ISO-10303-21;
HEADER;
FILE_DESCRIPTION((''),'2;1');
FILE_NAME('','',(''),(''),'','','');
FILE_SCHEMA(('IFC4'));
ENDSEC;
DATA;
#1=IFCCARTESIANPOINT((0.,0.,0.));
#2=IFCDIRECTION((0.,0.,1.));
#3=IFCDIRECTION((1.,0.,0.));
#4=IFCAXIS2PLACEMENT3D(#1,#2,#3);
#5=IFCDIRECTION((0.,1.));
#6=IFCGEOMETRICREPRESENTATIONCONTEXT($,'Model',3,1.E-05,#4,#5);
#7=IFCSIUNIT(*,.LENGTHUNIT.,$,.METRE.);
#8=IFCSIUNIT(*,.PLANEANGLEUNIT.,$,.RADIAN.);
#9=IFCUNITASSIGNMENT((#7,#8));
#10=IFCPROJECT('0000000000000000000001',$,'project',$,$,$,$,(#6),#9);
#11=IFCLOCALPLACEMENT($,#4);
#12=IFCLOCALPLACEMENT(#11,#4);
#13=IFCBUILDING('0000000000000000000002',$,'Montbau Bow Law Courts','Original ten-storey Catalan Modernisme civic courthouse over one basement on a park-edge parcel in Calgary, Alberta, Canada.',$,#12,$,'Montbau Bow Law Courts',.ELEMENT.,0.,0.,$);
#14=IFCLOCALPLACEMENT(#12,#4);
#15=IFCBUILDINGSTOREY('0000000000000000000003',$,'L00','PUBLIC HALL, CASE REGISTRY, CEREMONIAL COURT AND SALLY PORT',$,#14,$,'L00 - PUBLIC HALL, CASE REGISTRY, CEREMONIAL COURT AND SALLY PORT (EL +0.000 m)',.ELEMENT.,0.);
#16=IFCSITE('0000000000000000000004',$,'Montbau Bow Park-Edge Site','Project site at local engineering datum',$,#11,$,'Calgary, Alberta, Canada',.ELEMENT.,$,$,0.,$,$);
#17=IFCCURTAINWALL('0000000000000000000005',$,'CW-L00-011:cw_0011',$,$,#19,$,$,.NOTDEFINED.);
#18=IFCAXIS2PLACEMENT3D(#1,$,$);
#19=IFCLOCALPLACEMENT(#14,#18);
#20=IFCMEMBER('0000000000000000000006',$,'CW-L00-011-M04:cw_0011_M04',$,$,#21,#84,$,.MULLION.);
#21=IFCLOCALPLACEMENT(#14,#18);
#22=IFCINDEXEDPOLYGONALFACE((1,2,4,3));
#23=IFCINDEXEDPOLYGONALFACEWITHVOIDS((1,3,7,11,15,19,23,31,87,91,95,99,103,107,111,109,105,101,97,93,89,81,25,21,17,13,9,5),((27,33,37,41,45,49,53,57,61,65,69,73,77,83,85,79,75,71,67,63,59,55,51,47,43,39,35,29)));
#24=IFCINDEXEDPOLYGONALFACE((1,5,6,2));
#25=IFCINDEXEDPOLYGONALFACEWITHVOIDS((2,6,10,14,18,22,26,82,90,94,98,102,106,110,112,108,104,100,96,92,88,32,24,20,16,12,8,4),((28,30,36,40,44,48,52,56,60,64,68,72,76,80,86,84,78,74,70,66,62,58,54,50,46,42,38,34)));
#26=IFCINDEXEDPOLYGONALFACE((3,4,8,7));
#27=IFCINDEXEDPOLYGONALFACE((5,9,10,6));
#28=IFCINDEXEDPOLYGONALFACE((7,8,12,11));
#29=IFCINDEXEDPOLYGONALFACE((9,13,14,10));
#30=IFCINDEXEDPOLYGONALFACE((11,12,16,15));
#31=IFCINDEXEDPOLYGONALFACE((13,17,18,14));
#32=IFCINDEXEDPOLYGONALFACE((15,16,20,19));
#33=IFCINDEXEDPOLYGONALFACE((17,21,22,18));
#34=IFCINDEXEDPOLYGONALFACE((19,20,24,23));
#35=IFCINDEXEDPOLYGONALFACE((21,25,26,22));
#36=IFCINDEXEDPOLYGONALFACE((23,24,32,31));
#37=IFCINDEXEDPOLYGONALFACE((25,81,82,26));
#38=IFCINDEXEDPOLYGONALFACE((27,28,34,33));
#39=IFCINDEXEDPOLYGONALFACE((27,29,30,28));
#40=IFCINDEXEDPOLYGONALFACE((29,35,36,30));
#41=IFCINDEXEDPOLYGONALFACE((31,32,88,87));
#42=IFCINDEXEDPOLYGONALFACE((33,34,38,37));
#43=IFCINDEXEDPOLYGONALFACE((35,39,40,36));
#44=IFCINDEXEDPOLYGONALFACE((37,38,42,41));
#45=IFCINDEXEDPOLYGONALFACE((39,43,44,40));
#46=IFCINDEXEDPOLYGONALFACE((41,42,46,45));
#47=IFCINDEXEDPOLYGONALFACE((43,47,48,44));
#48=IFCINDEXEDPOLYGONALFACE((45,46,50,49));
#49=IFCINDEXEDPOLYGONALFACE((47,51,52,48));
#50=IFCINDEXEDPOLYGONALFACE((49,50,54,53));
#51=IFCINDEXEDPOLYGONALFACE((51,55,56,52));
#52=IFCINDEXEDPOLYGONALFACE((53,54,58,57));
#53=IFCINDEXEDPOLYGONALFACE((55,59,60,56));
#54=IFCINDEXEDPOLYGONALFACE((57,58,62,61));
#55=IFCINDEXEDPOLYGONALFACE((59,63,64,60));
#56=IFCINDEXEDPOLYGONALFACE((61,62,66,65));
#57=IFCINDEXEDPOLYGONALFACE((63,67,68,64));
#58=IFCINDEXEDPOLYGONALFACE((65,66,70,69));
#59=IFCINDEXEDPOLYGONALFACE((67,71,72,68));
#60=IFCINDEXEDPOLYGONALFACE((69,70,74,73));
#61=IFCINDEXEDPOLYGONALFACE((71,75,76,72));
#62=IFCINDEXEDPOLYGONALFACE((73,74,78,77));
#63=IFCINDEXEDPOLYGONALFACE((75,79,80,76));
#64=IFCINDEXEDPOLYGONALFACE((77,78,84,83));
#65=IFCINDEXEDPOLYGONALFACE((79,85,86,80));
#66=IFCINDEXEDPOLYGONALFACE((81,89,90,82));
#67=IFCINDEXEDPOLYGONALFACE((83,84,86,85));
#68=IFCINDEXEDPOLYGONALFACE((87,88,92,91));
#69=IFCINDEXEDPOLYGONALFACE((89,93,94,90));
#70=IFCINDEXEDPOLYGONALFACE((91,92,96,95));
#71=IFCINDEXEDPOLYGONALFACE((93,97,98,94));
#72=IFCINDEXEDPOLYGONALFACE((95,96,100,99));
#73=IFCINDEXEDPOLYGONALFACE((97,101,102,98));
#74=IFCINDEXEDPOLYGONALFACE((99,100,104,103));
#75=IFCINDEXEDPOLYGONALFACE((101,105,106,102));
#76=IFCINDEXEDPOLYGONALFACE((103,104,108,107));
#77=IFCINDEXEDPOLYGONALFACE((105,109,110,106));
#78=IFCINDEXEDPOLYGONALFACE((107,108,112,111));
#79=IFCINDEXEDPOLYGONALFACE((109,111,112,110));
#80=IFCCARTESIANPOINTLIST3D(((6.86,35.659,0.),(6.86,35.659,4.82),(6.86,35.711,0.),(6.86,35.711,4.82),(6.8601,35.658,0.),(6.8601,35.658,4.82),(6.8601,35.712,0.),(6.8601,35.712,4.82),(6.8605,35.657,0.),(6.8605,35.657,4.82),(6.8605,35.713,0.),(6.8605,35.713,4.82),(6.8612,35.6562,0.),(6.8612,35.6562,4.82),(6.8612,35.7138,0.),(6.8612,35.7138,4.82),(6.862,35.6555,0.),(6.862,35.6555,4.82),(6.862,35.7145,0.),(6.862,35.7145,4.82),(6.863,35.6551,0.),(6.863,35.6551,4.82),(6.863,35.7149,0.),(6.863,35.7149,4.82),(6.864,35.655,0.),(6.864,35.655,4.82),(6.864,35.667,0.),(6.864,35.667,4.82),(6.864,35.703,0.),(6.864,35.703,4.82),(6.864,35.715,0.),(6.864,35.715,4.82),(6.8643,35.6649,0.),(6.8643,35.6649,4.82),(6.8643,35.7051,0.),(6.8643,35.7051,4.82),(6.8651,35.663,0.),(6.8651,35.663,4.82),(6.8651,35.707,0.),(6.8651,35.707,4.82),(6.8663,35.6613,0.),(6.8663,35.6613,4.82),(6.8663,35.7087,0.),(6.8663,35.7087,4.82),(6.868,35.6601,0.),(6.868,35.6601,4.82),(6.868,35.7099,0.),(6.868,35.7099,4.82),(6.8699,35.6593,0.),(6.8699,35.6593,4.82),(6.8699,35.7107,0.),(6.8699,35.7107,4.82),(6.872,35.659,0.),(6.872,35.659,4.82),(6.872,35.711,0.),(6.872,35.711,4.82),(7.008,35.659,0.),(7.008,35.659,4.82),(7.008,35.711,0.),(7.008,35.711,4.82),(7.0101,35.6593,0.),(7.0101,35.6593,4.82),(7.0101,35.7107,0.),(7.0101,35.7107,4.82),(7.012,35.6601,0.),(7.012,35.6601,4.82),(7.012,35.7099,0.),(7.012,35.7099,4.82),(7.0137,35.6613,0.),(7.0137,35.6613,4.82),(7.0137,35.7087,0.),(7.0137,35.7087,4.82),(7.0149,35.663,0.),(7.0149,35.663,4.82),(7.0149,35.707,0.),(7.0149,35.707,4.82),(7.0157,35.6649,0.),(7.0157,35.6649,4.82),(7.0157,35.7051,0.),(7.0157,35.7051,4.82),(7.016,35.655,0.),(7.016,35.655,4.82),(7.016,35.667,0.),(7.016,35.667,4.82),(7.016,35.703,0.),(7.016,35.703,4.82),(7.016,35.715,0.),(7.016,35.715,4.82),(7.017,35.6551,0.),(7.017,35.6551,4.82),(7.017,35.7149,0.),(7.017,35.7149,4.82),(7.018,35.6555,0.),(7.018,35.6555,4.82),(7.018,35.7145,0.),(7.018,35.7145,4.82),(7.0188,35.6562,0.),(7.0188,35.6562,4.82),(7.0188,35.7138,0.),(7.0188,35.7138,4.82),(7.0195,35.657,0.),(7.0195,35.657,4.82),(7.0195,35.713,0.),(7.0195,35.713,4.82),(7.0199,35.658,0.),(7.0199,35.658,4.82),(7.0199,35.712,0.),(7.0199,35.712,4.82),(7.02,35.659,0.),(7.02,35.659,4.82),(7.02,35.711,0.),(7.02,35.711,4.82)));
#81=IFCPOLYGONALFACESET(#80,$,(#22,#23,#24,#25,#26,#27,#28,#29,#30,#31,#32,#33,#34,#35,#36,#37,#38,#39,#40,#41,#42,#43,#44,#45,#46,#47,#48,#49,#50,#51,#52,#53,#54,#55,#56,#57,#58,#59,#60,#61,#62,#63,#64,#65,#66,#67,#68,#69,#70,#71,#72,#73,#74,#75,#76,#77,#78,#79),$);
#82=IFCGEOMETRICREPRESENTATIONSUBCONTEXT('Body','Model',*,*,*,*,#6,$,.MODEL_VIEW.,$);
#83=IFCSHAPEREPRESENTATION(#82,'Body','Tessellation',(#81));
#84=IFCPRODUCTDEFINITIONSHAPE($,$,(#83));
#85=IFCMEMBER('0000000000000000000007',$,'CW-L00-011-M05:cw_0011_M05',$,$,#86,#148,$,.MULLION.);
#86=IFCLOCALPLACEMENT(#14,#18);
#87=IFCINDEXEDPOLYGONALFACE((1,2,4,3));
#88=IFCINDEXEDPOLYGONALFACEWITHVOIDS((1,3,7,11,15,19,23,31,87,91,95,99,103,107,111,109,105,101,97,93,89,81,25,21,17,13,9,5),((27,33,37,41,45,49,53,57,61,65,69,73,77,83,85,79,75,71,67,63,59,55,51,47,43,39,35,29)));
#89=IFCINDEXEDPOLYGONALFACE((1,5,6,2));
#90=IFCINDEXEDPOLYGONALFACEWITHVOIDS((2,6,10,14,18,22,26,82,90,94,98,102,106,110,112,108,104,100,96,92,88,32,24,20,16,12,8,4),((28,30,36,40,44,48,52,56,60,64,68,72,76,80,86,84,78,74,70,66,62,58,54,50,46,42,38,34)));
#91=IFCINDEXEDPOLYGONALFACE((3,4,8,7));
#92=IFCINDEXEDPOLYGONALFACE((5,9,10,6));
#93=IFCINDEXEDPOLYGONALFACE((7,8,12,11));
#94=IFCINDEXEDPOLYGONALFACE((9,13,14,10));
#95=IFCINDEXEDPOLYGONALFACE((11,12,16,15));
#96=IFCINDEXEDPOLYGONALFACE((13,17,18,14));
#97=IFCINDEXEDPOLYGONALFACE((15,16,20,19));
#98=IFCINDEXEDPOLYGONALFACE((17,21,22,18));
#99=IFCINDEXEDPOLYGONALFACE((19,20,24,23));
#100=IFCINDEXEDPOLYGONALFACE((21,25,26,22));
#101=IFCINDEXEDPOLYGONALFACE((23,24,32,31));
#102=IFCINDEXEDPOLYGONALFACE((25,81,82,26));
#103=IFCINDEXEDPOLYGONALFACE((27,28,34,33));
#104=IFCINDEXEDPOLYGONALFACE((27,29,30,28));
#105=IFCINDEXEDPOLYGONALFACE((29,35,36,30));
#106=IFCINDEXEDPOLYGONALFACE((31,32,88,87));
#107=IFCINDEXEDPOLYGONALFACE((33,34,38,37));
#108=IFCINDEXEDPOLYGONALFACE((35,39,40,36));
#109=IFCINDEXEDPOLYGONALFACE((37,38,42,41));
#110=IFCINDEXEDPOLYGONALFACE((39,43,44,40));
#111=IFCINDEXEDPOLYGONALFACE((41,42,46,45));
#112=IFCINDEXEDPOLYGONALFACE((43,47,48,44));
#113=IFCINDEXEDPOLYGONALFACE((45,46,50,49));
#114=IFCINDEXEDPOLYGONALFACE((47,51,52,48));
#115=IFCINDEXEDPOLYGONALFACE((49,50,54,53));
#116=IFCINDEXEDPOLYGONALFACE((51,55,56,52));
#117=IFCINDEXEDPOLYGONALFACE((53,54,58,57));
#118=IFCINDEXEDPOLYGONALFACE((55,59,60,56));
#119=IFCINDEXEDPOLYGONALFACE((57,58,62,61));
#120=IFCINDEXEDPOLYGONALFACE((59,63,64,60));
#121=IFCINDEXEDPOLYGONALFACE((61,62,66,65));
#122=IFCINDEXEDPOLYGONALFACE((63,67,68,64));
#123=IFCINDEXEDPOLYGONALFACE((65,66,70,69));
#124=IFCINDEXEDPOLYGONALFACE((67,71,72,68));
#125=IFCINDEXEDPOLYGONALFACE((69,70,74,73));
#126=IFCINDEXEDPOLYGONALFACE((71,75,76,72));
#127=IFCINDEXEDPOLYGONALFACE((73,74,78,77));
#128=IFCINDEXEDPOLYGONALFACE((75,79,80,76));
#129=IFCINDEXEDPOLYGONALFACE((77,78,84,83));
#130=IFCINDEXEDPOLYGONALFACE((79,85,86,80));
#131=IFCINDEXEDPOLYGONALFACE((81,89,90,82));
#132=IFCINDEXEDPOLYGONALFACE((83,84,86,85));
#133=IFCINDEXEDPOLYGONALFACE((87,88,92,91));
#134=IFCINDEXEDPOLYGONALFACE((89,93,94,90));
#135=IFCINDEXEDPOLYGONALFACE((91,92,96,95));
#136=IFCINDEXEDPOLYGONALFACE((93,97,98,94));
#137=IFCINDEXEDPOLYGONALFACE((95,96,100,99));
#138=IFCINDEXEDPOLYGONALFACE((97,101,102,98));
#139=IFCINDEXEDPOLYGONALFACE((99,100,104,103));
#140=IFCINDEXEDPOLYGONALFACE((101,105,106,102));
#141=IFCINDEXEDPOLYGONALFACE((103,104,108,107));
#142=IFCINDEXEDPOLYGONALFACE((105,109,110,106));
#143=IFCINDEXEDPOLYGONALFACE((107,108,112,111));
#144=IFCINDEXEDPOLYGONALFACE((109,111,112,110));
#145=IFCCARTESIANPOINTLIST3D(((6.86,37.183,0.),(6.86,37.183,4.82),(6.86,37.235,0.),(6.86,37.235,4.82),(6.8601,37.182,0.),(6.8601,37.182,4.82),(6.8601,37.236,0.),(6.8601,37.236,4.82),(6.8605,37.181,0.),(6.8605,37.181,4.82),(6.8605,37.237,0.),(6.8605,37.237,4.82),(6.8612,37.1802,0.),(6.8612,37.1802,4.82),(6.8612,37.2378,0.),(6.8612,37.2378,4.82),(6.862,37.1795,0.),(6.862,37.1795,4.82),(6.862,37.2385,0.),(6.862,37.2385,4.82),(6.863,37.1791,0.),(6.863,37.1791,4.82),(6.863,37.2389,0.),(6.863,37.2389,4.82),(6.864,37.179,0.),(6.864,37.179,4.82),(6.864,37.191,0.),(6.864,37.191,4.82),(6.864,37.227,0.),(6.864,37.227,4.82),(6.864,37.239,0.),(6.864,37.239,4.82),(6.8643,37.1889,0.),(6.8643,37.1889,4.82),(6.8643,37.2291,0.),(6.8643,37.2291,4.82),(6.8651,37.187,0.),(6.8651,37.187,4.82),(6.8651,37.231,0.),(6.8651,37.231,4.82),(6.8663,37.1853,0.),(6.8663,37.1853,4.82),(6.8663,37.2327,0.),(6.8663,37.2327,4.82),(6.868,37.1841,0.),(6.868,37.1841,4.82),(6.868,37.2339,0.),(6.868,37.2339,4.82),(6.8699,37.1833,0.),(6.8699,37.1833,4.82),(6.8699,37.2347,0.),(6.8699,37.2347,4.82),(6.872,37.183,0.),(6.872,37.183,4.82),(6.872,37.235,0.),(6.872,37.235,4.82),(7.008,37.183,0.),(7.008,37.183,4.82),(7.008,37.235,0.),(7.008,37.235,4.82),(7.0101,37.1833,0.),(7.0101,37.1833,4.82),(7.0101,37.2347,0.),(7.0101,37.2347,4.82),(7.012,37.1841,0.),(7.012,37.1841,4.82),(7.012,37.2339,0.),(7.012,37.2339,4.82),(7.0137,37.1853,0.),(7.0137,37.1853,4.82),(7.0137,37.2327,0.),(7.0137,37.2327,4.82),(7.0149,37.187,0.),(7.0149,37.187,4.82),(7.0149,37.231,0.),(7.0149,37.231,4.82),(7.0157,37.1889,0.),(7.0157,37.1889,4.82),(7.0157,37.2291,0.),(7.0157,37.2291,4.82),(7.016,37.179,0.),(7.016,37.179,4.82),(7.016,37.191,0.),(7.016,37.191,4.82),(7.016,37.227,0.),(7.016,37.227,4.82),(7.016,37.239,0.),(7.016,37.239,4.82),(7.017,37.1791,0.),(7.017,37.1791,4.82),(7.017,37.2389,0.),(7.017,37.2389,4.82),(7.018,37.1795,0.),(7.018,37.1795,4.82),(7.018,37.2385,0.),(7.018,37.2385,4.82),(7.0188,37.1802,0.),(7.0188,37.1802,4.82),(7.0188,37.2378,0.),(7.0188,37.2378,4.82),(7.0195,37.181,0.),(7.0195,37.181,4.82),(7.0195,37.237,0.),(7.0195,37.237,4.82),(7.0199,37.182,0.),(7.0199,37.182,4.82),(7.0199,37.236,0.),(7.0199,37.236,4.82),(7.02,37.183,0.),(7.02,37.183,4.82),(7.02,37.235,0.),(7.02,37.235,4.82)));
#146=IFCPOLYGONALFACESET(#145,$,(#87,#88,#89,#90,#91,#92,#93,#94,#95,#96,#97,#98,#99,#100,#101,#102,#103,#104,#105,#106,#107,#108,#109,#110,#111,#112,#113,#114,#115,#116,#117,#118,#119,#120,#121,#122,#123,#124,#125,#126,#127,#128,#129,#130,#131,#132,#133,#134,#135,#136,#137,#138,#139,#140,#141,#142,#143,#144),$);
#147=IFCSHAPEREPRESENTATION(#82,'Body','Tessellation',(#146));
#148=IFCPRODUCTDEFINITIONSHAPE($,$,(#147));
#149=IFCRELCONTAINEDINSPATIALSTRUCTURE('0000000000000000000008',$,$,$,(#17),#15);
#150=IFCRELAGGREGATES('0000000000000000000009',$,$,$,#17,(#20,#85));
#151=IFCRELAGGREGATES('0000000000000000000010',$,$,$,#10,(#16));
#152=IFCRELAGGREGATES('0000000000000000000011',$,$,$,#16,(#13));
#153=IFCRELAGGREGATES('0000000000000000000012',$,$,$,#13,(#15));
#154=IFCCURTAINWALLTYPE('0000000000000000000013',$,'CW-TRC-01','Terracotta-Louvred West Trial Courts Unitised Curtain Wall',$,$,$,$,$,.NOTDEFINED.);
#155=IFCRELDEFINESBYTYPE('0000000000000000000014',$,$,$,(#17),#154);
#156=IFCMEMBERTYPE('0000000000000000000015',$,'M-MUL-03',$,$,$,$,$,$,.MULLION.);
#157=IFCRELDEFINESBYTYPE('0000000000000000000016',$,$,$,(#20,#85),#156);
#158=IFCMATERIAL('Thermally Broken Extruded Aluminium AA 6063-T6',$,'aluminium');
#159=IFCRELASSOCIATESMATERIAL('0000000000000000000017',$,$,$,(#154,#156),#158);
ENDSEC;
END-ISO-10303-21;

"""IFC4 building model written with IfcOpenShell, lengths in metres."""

from ifc_helpers import new_model, si_unit, direction, frame, origin_with_axes, origin_2d_with_axis, place, context, subcontext, project, spatial, hollow_rectangle, extrude, material, material_profile, profile_set, type_object, element, aggregate, save


model = new_model("IFC4")

# Units and contexts
model_context = context("Model", 3, precision=1e-05, world=origin_with_axes(), true_north=direction((0.0, 1.0)))
body_context = subcontext(model_context, "Body", "Model", "MODEL_VIEW")
ifc_project = project(units=[si_unit("LENGTHUNIT", "METRE"), si_unit("PLANEANGLEUNIT", "RADIAN")], contexts=[model_context])

# Site, building, storey
site_placement = place(None, origin_with_axes())
site = spatial("IfcSite", under=ifc_project, at=site_placement, Name="Montbau Bow Park-Edge Site", Description="Project site at local engineering datum", LongName="Calgary, Alberta, Canada", CompositionType="ELEMENT", RefElevation=0.0)
building_placement = place(site_placement, origin_with_axes())
building = spatial("IfcBuilding", under=site, at=building_placement, Name="Montbau Bow Law Courts", Description="Original ten-storey Catalan Modernisme civic courthouse over one basement on a park-edge parcel in Calgary, Alberta, Canada.", LongName="Montbau Bow Law Courts", CompositionType="ELEMENT", ElevationOfRefHeight=0.0, ElevationOfTerrain=0.0)
storey_placement = place(building_placement, origin_with_axes())
storey = spatial("IfcBuildingStorey", under=building, at=storey_placement, Name="L00", Description="PUBLIC HALL, CASE REGISTRY, CEREMONIAL COURT AND SALLY PORT", LongName="L00 - PUBLIC HALL, CASE REGISTRY, CEREMONIAL COURT AND SALLY PORT (EL +0.000 m)", CompositionType="ELEMENT", Elevation=0.0)

# Curtain wall, members
ifc_material_1 = material(Name="Thermally Broken Extruded Aluminium AA 6063-T6", Category="aluminium")
curtain_wall_type = type_object("IfcCurtainWallType", Name="CW-TRC-01", Description="Terracotta-Louvred West Trial Courts Unitised Curtain Wall", PredefinedType="NOTDEFINED", material=ifc_material_1)
curtain_wall_placement = place(None, frame((6.94, 31.115, 0.0), z_axis=(0.0, 0.0, 1.0), x_axis=(1.0, 0.0, 0.0)))
curtain_wall = element("IfcCurtainWall", 1, at=curtain_wall_placement, inside=storey, type_object=curtain_wall_type, Name="CW-L00-011:cw_0011", PredefinedType="NOTDEFINED")
ifc_material_profile_1 = material_profile(ifc_material_1, hollow_rectangle(XDim=0.06, YDim=0.16, WallThickness=0.004, InnerFilletRadius=0.008, OuterFilletRadius=0.004, at=origin_2d_with_axis()), Name="CWM-160X60", Category="Main", Priority=0)
ifc_profile_set_1 = profile_set([ifc_material_profile_1], Name="Thermally Broken Extruded Aluminium AA 6063-T6")
member_type_1 = type_object("IfcMemberType", Name="M-MUL-03", PredefinedType="MULLION", material=ifc_profile_set_1)
member_1_placement = place(None, frame((6.94, 35.685, 0.0), z_axis=(0.0, 0.0, 1.0), x_axis=(0.0, 1.0, 0.0)))
member_1 = element("IfcMember", 2, at=member_1_placement, type_object=member_type_1, Name="CW-L00-011-M04:cw_0011_M04", PredefinedType="MULLION", context=body_context, shape_type="SweptSolid", body=[
    extrude(hollow_rectangle(XDim=0.06, YDim=0.16, WallThickness=0.004, InnerFilletRadius=0.008, OuterFilletRadius=0.004, at=origin_2d_with_axis()), origin_with_axes(), (0.0, 0.0, 1.0), 4.82),
])
member_2_placement = place(None, frame((6.94, 37.209, 0.0), z_axis=(0.0, 0.0, 1.0), x_axis=(0.0, 1.0, 0.0)))
member_2 = element("IfcMember", 3, at=member_2_placement, type_object=member_type_1, Name="CW-L00-011-M05:cw_0011_M05", PredefinedType="MULLION", context=body_context, shape_type="SweptSolid", body=[
    extrude(hollow_rectangle(XDim=0.06, YDim=0.16, WallThickness=0.004, InnerFilletRadius=0.008, OuterFilletRadius=0.004, at=origin_2d_with_axis()), origin_with_axes(), (0.0, 0.0, 1.0), 4.82),
])
aggregate(curtain_wall, [member_1, member_2])

save(model, "model.ifc")
